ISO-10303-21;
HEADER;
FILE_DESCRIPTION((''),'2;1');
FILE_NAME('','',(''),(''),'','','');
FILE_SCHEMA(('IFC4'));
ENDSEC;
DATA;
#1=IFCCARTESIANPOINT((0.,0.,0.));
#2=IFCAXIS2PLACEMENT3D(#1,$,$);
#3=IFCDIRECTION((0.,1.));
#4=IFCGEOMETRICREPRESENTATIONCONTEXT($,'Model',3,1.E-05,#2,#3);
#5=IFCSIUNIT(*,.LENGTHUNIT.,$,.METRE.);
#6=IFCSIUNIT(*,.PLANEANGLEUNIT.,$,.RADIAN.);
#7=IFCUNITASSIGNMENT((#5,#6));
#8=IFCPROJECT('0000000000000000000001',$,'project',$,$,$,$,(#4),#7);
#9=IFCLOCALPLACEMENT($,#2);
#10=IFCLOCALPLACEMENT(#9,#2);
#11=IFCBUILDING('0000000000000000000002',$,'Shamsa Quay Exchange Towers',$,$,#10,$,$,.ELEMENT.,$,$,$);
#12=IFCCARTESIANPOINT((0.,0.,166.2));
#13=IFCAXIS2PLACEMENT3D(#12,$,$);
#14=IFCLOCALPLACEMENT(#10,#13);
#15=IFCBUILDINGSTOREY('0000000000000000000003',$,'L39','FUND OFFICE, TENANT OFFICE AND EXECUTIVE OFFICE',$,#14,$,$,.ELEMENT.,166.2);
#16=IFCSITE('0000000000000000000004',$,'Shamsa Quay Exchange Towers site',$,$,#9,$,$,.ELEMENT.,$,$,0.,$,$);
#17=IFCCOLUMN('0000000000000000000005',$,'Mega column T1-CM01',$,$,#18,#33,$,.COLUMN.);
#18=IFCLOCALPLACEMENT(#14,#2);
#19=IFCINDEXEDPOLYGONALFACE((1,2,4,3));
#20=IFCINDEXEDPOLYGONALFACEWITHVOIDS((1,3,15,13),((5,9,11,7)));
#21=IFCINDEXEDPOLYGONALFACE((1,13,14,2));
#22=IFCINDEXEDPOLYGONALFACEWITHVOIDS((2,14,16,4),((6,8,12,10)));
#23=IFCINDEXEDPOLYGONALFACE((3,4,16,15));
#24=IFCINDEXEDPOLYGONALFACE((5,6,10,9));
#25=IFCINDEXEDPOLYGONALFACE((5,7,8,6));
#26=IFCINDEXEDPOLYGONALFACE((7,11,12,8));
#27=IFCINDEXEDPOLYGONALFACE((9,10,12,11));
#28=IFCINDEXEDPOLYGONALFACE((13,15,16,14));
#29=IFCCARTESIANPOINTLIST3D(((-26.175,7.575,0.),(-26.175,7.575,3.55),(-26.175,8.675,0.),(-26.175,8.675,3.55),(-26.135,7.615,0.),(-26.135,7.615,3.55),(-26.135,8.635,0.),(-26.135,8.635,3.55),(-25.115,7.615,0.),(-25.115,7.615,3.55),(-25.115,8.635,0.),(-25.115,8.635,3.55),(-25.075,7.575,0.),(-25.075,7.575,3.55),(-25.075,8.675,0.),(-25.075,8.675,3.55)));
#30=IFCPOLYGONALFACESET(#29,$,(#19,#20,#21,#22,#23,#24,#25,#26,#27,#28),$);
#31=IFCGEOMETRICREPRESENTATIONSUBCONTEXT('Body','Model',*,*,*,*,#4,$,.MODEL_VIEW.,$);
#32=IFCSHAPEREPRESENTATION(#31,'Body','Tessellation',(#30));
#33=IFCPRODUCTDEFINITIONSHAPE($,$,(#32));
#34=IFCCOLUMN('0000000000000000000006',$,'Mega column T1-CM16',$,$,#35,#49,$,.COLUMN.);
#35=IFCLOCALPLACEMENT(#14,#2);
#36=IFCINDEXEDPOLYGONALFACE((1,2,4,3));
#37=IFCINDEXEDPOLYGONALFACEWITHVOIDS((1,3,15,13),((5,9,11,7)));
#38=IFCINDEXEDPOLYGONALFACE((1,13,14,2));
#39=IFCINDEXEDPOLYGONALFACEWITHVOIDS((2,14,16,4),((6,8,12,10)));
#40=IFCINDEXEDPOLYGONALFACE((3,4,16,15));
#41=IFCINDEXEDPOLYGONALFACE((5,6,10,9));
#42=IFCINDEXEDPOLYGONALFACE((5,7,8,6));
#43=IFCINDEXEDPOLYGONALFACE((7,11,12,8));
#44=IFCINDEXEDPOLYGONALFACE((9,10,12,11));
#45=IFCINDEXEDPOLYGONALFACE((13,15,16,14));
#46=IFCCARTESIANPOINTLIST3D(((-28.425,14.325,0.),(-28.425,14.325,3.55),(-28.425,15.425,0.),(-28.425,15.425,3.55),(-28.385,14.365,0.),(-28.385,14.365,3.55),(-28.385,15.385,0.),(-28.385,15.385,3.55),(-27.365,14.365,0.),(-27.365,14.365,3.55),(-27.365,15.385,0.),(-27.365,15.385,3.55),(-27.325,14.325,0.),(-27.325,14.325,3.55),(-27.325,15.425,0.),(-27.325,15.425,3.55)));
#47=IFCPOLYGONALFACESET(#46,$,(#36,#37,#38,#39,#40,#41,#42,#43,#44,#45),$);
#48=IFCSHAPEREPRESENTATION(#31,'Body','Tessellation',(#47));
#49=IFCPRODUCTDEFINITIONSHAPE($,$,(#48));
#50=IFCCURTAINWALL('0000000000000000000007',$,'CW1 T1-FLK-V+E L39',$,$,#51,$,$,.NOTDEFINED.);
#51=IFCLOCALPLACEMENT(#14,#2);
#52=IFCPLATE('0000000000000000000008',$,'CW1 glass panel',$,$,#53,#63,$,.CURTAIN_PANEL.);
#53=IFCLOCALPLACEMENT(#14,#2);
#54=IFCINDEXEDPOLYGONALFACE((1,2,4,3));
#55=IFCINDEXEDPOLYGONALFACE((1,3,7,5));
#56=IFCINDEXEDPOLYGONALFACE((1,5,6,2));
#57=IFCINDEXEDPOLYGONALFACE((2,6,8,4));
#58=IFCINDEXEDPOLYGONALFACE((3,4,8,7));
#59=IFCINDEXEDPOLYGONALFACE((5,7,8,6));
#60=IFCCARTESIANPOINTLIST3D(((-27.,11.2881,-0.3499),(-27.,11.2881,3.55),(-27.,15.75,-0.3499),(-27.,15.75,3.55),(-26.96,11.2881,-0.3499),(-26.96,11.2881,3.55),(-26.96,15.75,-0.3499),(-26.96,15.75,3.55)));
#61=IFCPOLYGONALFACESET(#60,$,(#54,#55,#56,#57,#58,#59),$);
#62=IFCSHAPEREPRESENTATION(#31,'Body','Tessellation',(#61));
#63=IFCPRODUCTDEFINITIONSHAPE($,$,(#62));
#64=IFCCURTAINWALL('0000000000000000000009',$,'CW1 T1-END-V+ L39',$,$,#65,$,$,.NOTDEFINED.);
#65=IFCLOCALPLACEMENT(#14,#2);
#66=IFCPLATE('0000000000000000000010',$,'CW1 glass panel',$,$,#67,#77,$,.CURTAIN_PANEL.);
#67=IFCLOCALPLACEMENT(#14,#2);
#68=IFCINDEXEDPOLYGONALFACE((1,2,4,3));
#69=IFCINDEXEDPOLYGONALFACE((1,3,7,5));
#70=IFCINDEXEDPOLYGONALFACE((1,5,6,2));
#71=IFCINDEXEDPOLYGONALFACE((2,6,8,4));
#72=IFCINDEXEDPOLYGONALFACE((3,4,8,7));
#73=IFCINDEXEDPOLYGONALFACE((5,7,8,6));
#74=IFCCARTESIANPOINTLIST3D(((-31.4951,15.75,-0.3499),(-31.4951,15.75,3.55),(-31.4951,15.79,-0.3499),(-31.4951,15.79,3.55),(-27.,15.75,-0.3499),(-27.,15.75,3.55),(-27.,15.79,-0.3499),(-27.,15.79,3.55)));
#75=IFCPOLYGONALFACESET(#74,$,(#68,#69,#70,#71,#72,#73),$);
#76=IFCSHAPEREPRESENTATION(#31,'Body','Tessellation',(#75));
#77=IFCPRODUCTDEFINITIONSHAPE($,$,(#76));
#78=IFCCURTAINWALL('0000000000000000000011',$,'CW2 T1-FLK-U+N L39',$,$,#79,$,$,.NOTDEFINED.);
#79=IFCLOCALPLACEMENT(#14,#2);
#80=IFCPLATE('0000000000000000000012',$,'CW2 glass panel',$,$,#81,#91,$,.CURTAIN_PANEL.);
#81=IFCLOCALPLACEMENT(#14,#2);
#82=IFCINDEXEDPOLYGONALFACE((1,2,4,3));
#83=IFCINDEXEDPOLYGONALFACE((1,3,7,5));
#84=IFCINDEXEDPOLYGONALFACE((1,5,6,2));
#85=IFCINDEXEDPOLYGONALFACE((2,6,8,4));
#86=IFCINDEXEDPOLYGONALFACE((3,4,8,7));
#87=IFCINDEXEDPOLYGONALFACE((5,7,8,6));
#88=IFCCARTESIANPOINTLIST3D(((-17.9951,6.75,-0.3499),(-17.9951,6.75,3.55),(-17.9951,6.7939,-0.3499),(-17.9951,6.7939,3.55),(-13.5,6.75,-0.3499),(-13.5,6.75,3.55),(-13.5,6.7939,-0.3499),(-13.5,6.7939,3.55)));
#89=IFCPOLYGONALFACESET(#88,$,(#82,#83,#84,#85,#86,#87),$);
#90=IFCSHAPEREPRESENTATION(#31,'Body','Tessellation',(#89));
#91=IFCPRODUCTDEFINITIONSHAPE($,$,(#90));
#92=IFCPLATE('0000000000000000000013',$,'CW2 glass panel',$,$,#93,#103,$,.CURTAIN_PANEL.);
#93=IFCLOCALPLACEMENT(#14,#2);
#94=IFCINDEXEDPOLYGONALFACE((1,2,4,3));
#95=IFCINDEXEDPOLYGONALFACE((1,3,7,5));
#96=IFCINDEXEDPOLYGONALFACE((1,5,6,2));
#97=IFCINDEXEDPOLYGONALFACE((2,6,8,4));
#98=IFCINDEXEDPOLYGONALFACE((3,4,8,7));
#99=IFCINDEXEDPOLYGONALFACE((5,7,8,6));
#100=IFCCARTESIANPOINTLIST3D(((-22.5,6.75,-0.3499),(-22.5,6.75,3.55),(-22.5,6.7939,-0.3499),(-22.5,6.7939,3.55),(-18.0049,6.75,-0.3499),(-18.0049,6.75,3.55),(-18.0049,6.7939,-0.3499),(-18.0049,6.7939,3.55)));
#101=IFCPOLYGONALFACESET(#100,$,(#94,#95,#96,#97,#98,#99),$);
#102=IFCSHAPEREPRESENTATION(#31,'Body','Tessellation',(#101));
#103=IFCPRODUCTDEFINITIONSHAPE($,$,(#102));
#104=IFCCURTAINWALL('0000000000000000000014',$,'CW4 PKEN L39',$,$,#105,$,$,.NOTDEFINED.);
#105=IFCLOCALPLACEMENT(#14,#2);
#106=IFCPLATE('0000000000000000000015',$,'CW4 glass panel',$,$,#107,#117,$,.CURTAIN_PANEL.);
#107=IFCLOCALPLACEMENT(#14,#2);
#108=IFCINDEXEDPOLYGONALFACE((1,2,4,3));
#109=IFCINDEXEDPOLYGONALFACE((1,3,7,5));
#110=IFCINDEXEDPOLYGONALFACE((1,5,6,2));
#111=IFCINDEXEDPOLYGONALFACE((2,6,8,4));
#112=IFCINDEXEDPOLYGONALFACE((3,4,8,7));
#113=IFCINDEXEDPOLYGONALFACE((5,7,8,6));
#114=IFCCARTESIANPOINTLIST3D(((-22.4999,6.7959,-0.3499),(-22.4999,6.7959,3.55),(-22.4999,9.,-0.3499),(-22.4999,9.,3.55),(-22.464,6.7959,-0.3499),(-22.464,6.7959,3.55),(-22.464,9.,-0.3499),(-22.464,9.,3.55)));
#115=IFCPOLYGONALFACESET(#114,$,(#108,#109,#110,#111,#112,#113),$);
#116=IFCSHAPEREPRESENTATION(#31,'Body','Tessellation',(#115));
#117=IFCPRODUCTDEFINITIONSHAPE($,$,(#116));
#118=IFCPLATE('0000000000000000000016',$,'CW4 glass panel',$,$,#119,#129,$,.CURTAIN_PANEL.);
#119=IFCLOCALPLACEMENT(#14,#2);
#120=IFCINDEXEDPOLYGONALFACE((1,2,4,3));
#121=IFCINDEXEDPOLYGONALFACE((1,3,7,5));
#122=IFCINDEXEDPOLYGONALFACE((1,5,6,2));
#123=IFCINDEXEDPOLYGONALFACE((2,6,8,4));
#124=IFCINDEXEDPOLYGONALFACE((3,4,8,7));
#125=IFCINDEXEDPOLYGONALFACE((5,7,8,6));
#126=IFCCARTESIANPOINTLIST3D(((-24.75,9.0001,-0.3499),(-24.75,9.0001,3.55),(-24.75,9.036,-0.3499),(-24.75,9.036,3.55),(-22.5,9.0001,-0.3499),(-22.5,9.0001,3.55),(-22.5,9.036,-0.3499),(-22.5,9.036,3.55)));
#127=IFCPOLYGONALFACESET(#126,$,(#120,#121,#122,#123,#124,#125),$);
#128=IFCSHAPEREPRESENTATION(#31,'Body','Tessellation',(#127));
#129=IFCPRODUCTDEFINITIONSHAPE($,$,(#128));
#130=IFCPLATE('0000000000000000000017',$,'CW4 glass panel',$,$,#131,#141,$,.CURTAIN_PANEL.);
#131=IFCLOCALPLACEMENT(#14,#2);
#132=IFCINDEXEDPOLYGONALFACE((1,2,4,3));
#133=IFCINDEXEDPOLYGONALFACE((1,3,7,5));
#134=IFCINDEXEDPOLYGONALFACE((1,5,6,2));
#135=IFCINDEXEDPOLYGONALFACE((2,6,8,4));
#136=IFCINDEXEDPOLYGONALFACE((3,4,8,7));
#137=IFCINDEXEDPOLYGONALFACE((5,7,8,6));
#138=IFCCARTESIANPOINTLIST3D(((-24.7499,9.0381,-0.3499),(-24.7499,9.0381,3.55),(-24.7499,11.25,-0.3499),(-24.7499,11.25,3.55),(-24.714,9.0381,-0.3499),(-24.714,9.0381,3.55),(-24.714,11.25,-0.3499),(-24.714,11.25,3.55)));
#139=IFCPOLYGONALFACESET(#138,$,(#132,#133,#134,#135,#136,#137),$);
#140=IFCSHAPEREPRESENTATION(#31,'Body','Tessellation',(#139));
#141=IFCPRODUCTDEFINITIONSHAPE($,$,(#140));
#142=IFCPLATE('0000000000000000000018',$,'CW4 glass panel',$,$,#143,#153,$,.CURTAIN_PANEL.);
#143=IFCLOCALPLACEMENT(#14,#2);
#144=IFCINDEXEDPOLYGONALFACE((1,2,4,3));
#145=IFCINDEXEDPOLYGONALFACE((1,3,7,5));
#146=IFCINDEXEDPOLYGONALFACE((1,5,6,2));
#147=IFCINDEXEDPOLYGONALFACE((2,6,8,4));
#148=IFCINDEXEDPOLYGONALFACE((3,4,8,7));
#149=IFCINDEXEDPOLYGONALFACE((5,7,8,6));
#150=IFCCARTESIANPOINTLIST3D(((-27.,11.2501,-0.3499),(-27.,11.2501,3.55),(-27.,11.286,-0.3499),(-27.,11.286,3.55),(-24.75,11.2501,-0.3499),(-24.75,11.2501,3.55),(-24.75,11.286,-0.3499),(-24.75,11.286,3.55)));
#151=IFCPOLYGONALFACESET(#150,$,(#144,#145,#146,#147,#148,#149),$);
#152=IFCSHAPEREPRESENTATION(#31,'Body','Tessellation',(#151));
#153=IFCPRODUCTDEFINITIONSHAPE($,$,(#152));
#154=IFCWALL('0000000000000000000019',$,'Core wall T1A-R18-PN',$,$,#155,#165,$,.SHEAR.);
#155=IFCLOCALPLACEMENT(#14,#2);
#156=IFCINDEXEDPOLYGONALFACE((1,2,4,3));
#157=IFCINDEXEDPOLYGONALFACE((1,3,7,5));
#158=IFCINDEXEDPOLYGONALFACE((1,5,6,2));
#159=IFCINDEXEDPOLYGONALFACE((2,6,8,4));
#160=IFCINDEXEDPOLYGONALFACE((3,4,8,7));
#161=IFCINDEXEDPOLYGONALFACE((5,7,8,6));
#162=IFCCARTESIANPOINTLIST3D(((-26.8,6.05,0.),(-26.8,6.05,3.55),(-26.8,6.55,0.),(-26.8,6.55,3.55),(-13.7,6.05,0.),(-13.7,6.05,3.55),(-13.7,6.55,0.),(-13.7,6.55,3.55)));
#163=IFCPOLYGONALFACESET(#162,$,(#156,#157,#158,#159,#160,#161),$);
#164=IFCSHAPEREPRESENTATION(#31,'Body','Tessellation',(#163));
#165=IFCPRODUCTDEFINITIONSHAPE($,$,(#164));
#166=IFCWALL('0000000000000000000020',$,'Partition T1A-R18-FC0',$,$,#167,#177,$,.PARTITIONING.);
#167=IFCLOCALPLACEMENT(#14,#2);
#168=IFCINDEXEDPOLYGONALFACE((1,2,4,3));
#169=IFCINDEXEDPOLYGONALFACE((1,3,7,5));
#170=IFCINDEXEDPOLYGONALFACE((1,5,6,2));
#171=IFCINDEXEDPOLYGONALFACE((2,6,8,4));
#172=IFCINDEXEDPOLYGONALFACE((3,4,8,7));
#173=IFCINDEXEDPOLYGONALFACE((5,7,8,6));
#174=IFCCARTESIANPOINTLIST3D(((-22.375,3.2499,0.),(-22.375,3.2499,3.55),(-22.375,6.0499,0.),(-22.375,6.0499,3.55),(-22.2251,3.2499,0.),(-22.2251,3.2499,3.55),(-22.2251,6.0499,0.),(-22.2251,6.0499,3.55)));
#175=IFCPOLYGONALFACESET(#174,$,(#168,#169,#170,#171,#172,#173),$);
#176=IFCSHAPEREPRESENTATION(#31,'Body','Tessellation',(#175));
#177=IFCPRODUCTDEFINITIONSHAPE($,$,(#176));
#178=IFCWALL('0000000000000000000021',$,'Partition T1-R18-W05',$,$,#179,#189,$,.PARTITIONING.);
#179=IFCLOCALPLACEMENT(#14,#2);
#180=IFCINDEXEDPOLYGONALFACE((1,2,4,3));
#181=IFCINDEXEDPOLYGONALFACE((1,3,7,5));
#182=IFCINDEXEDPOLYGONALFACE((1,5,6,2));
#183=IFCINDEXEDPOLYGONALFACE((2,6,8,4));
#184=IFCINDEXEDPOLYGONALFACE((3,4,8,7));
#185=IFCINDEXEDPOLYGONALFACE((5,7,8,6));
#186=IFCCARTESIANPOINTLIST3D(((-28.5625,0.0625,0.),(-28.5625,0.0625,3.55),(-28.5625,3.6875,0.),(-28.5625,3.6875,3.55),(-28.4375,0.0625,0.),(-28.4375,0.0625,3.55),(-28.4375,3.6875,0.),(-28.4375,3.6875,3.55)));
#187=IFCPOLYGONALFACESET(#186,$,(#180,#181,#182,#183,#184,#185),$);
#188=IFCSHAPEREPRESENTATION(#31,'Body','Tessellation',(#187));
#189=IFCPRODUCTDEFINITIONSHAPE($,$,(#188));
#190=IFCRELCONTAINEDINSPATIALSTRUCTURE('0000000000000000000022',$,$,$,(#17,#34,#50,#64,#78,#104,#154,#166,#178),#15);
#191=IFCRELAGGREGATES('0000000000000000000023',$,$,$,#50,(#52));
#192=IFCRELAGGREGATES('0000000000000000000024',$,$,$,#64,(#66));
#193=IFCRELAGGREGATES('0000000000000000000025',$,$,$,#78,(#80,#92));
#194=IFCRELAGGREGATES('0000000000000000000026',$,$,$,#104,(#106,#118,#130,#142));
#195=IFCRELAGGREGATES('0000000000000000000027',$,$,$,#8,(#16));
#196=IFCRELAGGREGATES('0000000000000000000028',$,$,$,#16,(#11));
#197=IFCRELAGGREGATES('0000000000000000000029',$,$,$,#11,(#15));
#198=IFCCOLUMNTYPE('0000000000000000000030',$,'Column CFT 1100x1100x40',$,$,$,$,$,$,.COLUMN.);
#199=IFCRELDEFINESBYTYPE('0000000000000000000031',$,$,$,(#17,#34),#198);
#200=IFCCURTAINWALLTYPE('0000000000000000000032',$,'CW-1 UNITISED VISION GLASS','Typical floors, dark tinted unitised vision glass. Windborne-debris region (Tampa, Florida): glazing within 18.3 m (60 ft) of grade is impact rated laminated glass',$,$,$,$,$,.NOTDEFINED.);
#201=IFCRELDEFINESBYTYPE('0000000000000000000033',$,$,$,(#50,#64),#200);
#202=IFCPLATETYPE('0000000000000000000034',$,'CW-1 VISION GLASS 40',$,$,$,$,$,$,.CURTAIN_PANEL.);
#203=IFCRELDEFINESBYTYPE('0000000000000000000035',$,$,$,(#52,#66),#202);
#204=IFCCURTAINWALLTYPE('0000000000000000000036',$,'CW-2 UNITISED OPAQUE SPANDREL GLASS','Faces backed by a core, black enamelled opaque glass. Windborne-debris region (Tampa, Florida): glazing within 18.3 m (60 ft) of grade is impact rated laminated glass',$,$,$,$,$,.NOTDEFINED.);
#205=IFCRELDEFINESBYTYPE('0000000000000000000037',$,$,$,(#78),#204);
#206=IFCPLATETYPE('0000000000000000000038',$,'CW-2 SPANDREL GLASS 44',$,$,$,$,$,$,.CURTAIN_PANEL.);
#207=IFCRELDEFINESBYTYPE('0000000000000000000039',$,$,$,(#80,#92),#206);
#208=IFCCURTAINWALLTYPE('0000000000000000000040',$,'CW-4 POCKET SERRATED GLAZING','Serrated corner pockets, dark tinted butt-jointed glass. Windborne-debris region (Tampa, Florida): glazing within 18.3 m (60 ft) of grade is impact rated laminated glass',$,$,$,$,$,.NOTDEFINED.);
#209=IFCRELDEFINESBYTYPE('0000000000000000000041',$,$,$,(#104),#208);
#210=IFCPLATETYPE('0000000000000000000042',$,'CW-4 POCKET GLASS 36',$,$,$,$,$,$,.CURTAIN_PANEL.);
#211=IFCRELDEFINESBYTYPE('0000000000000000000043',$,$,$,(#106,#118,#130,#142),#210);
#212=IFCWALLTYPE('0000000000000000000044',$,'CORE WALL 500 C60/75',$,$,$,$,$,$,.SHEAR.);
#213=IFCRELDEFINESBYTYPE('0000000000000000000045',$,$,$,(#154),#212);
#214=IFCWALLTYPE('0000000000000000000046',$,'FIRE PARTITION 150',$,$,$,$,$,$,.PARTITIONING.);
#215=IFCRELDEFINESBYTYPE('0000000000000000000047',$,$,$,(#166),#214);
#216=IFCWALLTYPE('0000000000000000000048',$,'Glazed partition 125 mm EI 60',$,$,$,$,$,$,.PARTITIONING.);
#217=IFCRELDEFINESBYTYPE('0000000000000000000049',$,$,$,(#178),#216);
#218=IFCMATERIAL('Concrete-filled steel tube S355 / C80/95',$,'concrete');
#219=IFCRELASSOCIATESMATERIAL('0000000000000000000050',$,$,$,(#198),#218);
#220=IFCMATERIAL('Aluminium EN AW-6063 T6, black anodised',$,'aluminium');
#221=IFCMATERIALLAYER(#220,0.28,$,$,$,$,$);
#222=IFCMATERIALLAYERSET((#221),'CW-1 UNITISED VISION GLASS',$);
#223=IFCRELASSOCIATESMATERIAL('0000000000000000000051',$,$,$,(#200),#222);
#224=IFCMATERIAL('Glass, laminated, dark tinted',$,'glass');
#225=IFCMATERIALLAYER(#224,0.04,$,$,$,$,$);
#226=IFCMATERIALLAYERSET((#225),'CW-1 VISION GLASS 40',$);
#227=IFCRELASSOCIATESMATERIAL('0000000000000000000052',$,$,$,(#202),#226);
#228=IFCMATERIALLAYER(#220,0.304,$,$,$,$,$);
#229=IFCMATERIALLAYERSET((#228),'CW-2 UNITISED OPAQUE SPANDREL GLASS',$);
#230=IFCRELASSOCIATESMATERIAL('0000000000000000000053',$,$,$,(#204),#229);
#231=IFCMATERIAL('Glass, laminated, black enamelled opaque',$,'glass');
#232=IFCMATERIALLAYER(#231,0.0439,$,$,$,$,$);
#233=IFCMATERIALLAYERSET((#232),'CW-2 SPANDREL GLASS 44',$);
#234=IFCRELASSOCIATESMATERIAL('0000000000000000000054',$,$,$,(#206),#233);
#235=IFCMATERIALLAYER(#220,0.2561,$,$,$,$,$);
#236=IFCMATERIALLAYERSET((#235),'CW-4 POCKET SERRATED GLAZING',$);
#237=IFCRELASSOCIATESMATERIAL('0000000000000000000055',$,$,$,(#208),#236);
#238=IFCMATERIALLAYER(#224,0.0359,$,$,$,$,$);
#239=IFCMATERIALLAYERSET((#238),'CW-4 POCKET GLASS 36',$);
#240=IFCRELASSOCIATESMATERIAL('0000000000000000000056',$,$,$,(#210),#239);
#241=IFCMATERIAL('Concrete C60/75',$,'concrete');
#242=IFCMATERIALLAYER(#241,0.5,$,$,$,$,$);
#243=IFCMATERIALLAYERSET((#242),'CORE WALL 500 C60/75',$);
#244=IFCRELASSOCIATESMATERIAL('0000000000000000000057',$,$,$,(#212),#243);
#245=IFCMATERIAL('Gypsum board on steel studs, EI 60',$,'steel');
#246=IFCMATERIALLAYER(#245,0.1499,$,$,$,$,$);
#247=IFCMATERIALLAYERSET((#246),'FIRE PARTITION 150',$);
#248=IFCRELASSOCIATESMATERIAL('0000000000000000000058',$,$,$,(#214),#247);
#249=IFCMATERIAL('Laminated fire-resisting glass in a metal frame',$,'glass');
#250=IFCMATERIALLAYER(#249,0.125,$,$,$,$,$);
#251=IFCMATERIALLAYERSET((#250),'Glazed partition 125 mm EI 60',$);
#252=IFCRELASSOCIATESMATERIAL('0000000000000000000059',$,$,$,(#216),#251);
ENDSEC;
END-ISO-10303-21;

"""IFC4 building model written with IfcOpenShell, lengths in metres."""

from ifc_helpers import new_model, si_unit, direction, frame, frame_2d, origin, origin_2d, place, context, subcontext, project, spatial, rectangle, hollow_rectangle, extrude, material, layer, layer_set, material_profile, profile_set, type_object, element, aggregate, save


model = new_model("IFC4")

# Units and contexts
model_context = context("Model", 3, precision=1e-05, world=origin(), true_north=direction((0.0, 1.0)))
body_context = subcontext(model_context, "Body", "Model", "MODEL_VIEW")
ifc_project = project(units=[si_unit("LENGTHUNIT", "METRE"), si_unit("PLANEANGLEUNIT", "RADIAN")], contexts=[model_context])

# Site, building, storey
site_placement = place(None, origin())
site = spatial("IfcSite", under=ifc_project, at=site_placement, Name="Shamsa Quay Exchange Towers site", CompositionType="ELEMENT", RefElevation=0.0)
building_placement = place(site_placement, origin())
building = spatial("IfcBuilding", under=site, at=building_placement, Name="Shamsa Quay Exchange Towers", CompositionType="ELEMENT")
storey_placement = place(building_placement, frame((0.0, 0.0, 166.2)))
storey = spatial("IfcBuildingStorey", under=building, at=storey_placement, Name="L39", Description="FUND OFFICE, TENANT OFFICE AND EXECUTIVE OFFICE", CompositionType="ELEMENT", Elevation=166.2)

# Columns
ifc_material_1 = material(Name="Concrete-filled steel tube S355 / C80/95", Category="concrete")
ifc_material_profile_1 = material_profile(ifc_material_1, hollow_rectangle(XDim=1.1001, YDim=1.1001, WallThickness=0.04, at=origin_2d()), Name="CFT 1100x1100x40")
ifc_profile_set_1 = profile_set([ifc_material_profile_1], Name="Concrete-filled steel tube S355 / C80/95")
column_type = type_object("IfcColumnType", Name="Column CFT 1100x1100x40", PredefinedType="COLUMN", material=ifc_profile_set_1)
for number, where, name in (
    (1, (-25.625, 8.125, 0.0), "Mega column T1-CM01"),
    (2, (-27.875, 14.875, 0.0), "Mega column T1-CM16"),
):
    element("IfcColumn", number, at=place(storey_placement, frame(where)), inside=storey, type_object=column_type, Name=name, PredefinedType="COLUMN", context=body_context, shape_type="SweptSolid", body=[
        extrude(hollow_rectangle(XDim=1.1001, YDim=1.1001, WallThickness=0.04, at=origin_2d()), origin(), (0.0, 0.0, 1.0), 3.55),
    ])

# Curtain walls, plates
ifc_material_2 = material(Name="Aluminium EN AW-6063 T6, black anodised", Category="aluminium")
ifc_layer_1 = layer(ifc_material_2, 0.28)
ifc_layer_set_1 = layer_set([ifc_layer_1], Name="CW-1 UNITISED VISION GLASS")
curtain_wall_type_1 = type_object("IfcCurtainWallType", Name="CW-1 UNITISED VISION GLASS", Description="Typical floors, dark tinted unitised vision glass. Windborne-debris region (Tampa, Florida): glazing within 18.3 m (60 ft) of grade is impact rated laminated glass", PredefinedType="NOTDEFINED", material=ifc_layer_set_1)
curtain_wall_1_placement = place(storey_placement, origin())
curtain_wall_1 = element("IfcCurtainWall", 3, at=curtain_wall_1_placement, inside=storey, type_object=curtain_wall_type_1, Name="CW1 T1-FLK-V+E L39", PredefinedType="NOTDEFINED")
ifc_material_3 = material(Name="Glass, laminated, dark tinted", Category="glass")
ifc_layer_2 = layer(ifc_material_3, 0.04)
ifc_layer_set_2 = layer_set([ifc_layer_2], Name="CW-1 VISION GLASS 40")
plate_type_1 = type_object("IfcPlateType", Name="CW-1 VISION GLASS 40", PredefinedType="CURTAIN_PANEL", material=ifc_layer_set_2)
plate_1_placement = place(storey_placement, frame((-26.98, 13.519, -0.3499), z_axis=(0.0, 0.0, 1.0), x_axis=(0.0, 1.0, 0.0)))
plate_1 = element("IfcPlate", 4, at=plate_1_placement, type_object=plate_type_1, Name="CW1 glass panel", PredefinedType="CURTAIN_PANEL", context=body_context, shape_type="SweptSolid", body=[
    extrude(rectangle(XDim=4.4619, YDim=0.04, at=origin_2d()), origin(), (0.0, 0.0, 1.0), 3.8999),
])
aggregate(curtain_wall_1, [plate_1])
curtain_wall_2_placement = place(storey_placement, origin())
curtain_wall_2 = element("IfcCurtainWall", 5, at=curtain_wall_2_placement, inside=storey, type_object=curtain_wall_type_1, Name="CW1 T1-END-V+ L39", PredefinedType="NOTDEFINED")
plate_2_placement = place(storey_placement, frame((-29.2476, 15.77, -0.3499), z_axis=(0.0, 0.0, 1.0), x_axis=(-1.0, 0.0, 0.0)))
plate_2 = element("IfcPlate", 6, at=plate_2_placement, type_object=plate_type_1, Name="CW1 glass panel", PredefinedType="CURTAIN_PANEL", context=body_context, shape_type="SweptSolid", body=[
    extrude(rectangle(XDim=4.4951, YDim=0.04, at=origin_2d()), origin(), (0.0, 0.0, 1.0), 3.8999),
])
aggregate(curtain_wall_2, [plate_2])

# Curtain walls, plates
ifc_layer_3 = layer(ifc_material_2, 0.304)
ifc_layer_set_3 = layer_set([ifc_layer_3], Name="CW-2 UNITISED OPAQUE SPANDREL GLASS")
curtain_wall_type_2 = type_object("IfcCurtainWallType", Name="CW-2 UNITISED OPAQUE SPANDREL GLASS", Description="Faces backed by a core, black enamelled opaque glass. Windborne-debris region (Tampa, Florida): glazing within 18.3 m (60 ft) of grade is impact rated laminated glass", PredefinedType="NOTDEFINED", material=ifc_layer_set_3)
curtain_wall_3_placement = place(storey_placement, origin())
curtain_wall_3 = element("IfcCurtainWall", 7, at=curtain_wall_3_placement, inside=storey, type_object=curtain_wall_type_2, Name="CW2 T1-FLK-U+N L39", PredefinedType="NOTDEFINED")
ifc_material_4 = material(Name="Glass, laminated, black enamelled opaque", Category="glass")
ifc_layer_4 = layer(ifc_material_4, 0.0439)
ifc_layer_set_4 = layer_set([ifc_layer_4], Name="CW-2 SPANDREL GLASS 44")
plate_type_2 = type_object("IfcPlateType", Name="CW-2 SPANDREL GLASS 44", PredefinedType="CURTAIN_PANEL", material=ifc_layer_set_4)
plate_3_placement = place(storey_placement, frame((-15.7476, 6.772, -0.3499), z_axis=(0.0, 0.0, 1.0), x_axis=(-1.0, 0.0, 0.0)))
plate_3 = element("IfcPlate", 8, at=plate_3_placement, type_object=plate_type_2, Name="CW2 glass panel", PredefinedType="CURTAIN_PANEL", context=body_context, shape_type="SweptSolid", body=[
    extrude(rectangle(XDim=4.4951, YDim=0.0439, at=origin_2d()), origin(), (0.0, 0.0, 1.0), 3.8999),
])
plate_4_placement = place(storey_placement, frame((-20.2524, 6.772, -0.3499), z_axis=(0.0, 0.0, 1.0), x_axis=(-1.0, 0.0, 0.0)))
plate_4 = element("IfcPlate", 9, at=plate_4_placement, type_object=plate_type_2, Name="CW2 glass panel", PredefinedType="CURTAIN_PANEL", context=body_context, shape_type="SweptSolid", body=[
    extrude(rectangle(XDim=4.4951, YDim=0.0439, at=origin_2d()), origin(), (0.0, 0.0, 1.0), 3.8999),
])
aggregate(curtain_wall_3, [plate_3, plate_4])
ifc_layer_5 = layer(ifc_material_2, 0.2561)
ifc_layer_set_5 = layer_set([ifc_layer_5], Name="CW-4 POCKET SERRATED GLAZING")
curtain_wall_type_3 = type_object("IfcCurtainWallType", Name="CW-4 POCKET SERRATED GLAZING", Description="Serrated corner pockets, dark tinted butt-jointed glass. Windborne-debris region (Tampa, Florida): glazing within 18.3 m (60 ft) of grade is impact rated laminated glass", PredefinedType="NOTDEFINED", material=ifc_layer_set_5)
curtain_wall_4_placement = place(storey_placement, origin())
curtain_wall_4 = element("IfcCurtainWall", 10, at=curtain_wall_4_placement, inside=storey, type_object=curtain_wall_type_3, Name="CW4 PKEN L39", PredefinedType="NOTDEFINED")
ifc_layer_6 = layer(ifc_material_3, 0.0359)
ifc_layer_set_6 = layer_set([ifc_layer_6], Name="CW-4 POCKET GLASS 36")
plate_type_3 = type_object("IfcPlateType", Name="CW-4 POCKET GLASS 36", PredefinedType="CURTAIN_PANEL", material=ifc_layer_set_6)
plate_5_placement = place(storey_placement, frame((-22.4819, 7.8979, -0.3499), z_axis=(0.0, 0.0, 1.0), x_axis=(0.0, 1.0, 0.0)))
plate_5 = element("IfcPlate", 11, at=plate_5_placement, type_object=plate_type_3, Name="CW4 glass panel", PredefinedType="CURTAIN_PANEL", context=body_context, shape_type="SweptSolid", body=[
    extrude(rectangle(XDim=2.2041, YDim=0.0359, at=origin_2d()), origin(), (0.0, 0.0, 1.0), 3.8999),
])
plate_6_placement = place(storey_placement, frame((-23.625, 9.0181, -0.3499), z_axis=(0.0, 0.0, 1.0), x_axis=(-1.0, 0.0, 0.0)))
plate_6 = element("IfcPlate", 12, at=plate_6_placement, type_object=plate_type_3, Name="CW4 glass panel", PredefinedType="CURTAIN_PANEL", context=body_context, shape_type="SweptSolid", body=[
    extrude(rectangle(XDim=2.25, YDim=0.0359, at=origin_2d()), origin(), (0.0, 0.0, 1.0), 3.8999),
])
plate_7_placement = place(storey_placement, frame((-24.7319, 10.144, -0.3499), z_axis=(0.0, 0.0, 1.0), x_axis=(0.0, 1.0, 0.0)))
plate_7 = element("IfcPlate", 13, at=plate_7_placement, type_object=plate_type_3, Name="CW4 glass panel", PredefinedType="CURTAIN_PANEL", context=body_context, shape_type="SweptSolid", body=[
    extrude(rectangle(XDim=2.2119, YDim=0.0359, at=origin_2d()), origin(), (0.0, 0.0, 1.0), 3.8999),
])
plate_8_placement = place(storey_placement, frame((-25.875, 11.2681, -0.3499), z_axis=(0.0, 0.0, 1.0), x_axis=(-1.0, 0.0, 0.0)))
plate_8 = element("IfcPlate", 14, at=plate_8_placement, type_object=plate_type_3, Name="CW4 glass panel", PredefinedType="CURTAIN_PANEL", context=body_context, shape_type="SweptSolid", body=[
    extrude(rectangle(XDim=2.25, YDim=0.0359, at=origin_2d()), origin(), (0.0, 0.0, 1.0), 3.8999),
])
aggregate(curtain_wall_4, [plate_5, plate_6, plate_7, plate_8])

# Wall
ifc_material_5 = material(Name="Concrete C60/75", Category="concrete")
ifc_layer_7 = layer(ifc_material_5, 0.5)
ifc_layer_set_7 = layer_set([ifc_layer_7], Name="CORE WALL 500 C60/75")
wall_type_1 = type_object("IfcWallType", Name="CORE WALL 500 C60/75", PredefinedType="SHEAR", material=ifc_layer_set_7)
wall_1_placement = place(storey_placement, frame((-26.8, 6.3, 0.0)))
element("IfcWall", 15, at=wall_1_placement, inside=storey, type_object=wall_type_1, Name="Core wall T1A-R18-PN", PredefinedType="SHEAR", context=body_context, shape_type="SweptSolid", body=[
    extrude(rectangle(XDim=13.1001, YDim=0.5, at=frame_2d((6.55, 0.0))), origin(), (0.0, 0.0, 1.0), 3.55),
])

# Walls
ifc_material_6 = material(Name="Gypsum board on steel studs, EI 60", Category="steel")
ifc_layer_8 = layer(ifc_material_6, 0.1499)
ifc_layer_set_8 = layer_set([ifc_layer_8], Name="FIRE PARTITION 150")
wall_type_2 = type_object("IfcWallType", Name="FIRE PARTITION 150", PredefinedType="PARTITIONING", material=ifc_layer_set_8)
wall_2_placement = place(storey_placement, frame((-22.3, 3.25, 0.0), z_axis=(0.0, 0.0, 1.0), x_axis=(0.0, 1.0, 0.0)))
element("IfcWall", 16, at=wall_2_placement, inside=storey, type_object=wall_type_2, Name="Partition T1A-R18-FC0", PredefinedType="PARTITIONING", context=body_context, shape_type="SweptSolid", body=[
    extrude(rectangle(XDim=2.8, YDim=0.1499, at=frame_2d((1.3999, 0.0))), origin(), (0.0, 0.0, 1.0), 3.55),
])
ifc_material_7 = material(Name="Laminated fire-resisting glass in a metal frame", Category="glass")
ifc_layer_9 = layer(ifc_material_7, 0.125)
ifc_layer_set_9 = layer_set([ifc_layer_9], Name="Glazed partition 125 mm EI 60")
wall_type_3 = type_object("IfcWallType", Name="Glazed partition 125 mm EI 60", PredefinedType="PARTITIONING", material=ifc_layer_set_9)
wall_3_placement = place(storey_placement, frame((-28.5, 0.0625, 0.0), z_axis=(0.0, 0.0, 1.0), x_axis=(0.0, 1.0, 0.0)))
element("IfcWall", 17, at=wall_3_placement, inside=storey, type_object=wall_type_3, Name="Partition T1-R18-W05", PredefinedType="PARTITIONING", context=body_context, shape_type="SweptSolid", body=[
    extrude(rectangle(XDim=3.625, YDim=0.125, at=frame_2d((1.8125, 0.0))), origin(), (0.0, 0.0, 1.0), 3.55),
])

save(model, "model.ifc")
